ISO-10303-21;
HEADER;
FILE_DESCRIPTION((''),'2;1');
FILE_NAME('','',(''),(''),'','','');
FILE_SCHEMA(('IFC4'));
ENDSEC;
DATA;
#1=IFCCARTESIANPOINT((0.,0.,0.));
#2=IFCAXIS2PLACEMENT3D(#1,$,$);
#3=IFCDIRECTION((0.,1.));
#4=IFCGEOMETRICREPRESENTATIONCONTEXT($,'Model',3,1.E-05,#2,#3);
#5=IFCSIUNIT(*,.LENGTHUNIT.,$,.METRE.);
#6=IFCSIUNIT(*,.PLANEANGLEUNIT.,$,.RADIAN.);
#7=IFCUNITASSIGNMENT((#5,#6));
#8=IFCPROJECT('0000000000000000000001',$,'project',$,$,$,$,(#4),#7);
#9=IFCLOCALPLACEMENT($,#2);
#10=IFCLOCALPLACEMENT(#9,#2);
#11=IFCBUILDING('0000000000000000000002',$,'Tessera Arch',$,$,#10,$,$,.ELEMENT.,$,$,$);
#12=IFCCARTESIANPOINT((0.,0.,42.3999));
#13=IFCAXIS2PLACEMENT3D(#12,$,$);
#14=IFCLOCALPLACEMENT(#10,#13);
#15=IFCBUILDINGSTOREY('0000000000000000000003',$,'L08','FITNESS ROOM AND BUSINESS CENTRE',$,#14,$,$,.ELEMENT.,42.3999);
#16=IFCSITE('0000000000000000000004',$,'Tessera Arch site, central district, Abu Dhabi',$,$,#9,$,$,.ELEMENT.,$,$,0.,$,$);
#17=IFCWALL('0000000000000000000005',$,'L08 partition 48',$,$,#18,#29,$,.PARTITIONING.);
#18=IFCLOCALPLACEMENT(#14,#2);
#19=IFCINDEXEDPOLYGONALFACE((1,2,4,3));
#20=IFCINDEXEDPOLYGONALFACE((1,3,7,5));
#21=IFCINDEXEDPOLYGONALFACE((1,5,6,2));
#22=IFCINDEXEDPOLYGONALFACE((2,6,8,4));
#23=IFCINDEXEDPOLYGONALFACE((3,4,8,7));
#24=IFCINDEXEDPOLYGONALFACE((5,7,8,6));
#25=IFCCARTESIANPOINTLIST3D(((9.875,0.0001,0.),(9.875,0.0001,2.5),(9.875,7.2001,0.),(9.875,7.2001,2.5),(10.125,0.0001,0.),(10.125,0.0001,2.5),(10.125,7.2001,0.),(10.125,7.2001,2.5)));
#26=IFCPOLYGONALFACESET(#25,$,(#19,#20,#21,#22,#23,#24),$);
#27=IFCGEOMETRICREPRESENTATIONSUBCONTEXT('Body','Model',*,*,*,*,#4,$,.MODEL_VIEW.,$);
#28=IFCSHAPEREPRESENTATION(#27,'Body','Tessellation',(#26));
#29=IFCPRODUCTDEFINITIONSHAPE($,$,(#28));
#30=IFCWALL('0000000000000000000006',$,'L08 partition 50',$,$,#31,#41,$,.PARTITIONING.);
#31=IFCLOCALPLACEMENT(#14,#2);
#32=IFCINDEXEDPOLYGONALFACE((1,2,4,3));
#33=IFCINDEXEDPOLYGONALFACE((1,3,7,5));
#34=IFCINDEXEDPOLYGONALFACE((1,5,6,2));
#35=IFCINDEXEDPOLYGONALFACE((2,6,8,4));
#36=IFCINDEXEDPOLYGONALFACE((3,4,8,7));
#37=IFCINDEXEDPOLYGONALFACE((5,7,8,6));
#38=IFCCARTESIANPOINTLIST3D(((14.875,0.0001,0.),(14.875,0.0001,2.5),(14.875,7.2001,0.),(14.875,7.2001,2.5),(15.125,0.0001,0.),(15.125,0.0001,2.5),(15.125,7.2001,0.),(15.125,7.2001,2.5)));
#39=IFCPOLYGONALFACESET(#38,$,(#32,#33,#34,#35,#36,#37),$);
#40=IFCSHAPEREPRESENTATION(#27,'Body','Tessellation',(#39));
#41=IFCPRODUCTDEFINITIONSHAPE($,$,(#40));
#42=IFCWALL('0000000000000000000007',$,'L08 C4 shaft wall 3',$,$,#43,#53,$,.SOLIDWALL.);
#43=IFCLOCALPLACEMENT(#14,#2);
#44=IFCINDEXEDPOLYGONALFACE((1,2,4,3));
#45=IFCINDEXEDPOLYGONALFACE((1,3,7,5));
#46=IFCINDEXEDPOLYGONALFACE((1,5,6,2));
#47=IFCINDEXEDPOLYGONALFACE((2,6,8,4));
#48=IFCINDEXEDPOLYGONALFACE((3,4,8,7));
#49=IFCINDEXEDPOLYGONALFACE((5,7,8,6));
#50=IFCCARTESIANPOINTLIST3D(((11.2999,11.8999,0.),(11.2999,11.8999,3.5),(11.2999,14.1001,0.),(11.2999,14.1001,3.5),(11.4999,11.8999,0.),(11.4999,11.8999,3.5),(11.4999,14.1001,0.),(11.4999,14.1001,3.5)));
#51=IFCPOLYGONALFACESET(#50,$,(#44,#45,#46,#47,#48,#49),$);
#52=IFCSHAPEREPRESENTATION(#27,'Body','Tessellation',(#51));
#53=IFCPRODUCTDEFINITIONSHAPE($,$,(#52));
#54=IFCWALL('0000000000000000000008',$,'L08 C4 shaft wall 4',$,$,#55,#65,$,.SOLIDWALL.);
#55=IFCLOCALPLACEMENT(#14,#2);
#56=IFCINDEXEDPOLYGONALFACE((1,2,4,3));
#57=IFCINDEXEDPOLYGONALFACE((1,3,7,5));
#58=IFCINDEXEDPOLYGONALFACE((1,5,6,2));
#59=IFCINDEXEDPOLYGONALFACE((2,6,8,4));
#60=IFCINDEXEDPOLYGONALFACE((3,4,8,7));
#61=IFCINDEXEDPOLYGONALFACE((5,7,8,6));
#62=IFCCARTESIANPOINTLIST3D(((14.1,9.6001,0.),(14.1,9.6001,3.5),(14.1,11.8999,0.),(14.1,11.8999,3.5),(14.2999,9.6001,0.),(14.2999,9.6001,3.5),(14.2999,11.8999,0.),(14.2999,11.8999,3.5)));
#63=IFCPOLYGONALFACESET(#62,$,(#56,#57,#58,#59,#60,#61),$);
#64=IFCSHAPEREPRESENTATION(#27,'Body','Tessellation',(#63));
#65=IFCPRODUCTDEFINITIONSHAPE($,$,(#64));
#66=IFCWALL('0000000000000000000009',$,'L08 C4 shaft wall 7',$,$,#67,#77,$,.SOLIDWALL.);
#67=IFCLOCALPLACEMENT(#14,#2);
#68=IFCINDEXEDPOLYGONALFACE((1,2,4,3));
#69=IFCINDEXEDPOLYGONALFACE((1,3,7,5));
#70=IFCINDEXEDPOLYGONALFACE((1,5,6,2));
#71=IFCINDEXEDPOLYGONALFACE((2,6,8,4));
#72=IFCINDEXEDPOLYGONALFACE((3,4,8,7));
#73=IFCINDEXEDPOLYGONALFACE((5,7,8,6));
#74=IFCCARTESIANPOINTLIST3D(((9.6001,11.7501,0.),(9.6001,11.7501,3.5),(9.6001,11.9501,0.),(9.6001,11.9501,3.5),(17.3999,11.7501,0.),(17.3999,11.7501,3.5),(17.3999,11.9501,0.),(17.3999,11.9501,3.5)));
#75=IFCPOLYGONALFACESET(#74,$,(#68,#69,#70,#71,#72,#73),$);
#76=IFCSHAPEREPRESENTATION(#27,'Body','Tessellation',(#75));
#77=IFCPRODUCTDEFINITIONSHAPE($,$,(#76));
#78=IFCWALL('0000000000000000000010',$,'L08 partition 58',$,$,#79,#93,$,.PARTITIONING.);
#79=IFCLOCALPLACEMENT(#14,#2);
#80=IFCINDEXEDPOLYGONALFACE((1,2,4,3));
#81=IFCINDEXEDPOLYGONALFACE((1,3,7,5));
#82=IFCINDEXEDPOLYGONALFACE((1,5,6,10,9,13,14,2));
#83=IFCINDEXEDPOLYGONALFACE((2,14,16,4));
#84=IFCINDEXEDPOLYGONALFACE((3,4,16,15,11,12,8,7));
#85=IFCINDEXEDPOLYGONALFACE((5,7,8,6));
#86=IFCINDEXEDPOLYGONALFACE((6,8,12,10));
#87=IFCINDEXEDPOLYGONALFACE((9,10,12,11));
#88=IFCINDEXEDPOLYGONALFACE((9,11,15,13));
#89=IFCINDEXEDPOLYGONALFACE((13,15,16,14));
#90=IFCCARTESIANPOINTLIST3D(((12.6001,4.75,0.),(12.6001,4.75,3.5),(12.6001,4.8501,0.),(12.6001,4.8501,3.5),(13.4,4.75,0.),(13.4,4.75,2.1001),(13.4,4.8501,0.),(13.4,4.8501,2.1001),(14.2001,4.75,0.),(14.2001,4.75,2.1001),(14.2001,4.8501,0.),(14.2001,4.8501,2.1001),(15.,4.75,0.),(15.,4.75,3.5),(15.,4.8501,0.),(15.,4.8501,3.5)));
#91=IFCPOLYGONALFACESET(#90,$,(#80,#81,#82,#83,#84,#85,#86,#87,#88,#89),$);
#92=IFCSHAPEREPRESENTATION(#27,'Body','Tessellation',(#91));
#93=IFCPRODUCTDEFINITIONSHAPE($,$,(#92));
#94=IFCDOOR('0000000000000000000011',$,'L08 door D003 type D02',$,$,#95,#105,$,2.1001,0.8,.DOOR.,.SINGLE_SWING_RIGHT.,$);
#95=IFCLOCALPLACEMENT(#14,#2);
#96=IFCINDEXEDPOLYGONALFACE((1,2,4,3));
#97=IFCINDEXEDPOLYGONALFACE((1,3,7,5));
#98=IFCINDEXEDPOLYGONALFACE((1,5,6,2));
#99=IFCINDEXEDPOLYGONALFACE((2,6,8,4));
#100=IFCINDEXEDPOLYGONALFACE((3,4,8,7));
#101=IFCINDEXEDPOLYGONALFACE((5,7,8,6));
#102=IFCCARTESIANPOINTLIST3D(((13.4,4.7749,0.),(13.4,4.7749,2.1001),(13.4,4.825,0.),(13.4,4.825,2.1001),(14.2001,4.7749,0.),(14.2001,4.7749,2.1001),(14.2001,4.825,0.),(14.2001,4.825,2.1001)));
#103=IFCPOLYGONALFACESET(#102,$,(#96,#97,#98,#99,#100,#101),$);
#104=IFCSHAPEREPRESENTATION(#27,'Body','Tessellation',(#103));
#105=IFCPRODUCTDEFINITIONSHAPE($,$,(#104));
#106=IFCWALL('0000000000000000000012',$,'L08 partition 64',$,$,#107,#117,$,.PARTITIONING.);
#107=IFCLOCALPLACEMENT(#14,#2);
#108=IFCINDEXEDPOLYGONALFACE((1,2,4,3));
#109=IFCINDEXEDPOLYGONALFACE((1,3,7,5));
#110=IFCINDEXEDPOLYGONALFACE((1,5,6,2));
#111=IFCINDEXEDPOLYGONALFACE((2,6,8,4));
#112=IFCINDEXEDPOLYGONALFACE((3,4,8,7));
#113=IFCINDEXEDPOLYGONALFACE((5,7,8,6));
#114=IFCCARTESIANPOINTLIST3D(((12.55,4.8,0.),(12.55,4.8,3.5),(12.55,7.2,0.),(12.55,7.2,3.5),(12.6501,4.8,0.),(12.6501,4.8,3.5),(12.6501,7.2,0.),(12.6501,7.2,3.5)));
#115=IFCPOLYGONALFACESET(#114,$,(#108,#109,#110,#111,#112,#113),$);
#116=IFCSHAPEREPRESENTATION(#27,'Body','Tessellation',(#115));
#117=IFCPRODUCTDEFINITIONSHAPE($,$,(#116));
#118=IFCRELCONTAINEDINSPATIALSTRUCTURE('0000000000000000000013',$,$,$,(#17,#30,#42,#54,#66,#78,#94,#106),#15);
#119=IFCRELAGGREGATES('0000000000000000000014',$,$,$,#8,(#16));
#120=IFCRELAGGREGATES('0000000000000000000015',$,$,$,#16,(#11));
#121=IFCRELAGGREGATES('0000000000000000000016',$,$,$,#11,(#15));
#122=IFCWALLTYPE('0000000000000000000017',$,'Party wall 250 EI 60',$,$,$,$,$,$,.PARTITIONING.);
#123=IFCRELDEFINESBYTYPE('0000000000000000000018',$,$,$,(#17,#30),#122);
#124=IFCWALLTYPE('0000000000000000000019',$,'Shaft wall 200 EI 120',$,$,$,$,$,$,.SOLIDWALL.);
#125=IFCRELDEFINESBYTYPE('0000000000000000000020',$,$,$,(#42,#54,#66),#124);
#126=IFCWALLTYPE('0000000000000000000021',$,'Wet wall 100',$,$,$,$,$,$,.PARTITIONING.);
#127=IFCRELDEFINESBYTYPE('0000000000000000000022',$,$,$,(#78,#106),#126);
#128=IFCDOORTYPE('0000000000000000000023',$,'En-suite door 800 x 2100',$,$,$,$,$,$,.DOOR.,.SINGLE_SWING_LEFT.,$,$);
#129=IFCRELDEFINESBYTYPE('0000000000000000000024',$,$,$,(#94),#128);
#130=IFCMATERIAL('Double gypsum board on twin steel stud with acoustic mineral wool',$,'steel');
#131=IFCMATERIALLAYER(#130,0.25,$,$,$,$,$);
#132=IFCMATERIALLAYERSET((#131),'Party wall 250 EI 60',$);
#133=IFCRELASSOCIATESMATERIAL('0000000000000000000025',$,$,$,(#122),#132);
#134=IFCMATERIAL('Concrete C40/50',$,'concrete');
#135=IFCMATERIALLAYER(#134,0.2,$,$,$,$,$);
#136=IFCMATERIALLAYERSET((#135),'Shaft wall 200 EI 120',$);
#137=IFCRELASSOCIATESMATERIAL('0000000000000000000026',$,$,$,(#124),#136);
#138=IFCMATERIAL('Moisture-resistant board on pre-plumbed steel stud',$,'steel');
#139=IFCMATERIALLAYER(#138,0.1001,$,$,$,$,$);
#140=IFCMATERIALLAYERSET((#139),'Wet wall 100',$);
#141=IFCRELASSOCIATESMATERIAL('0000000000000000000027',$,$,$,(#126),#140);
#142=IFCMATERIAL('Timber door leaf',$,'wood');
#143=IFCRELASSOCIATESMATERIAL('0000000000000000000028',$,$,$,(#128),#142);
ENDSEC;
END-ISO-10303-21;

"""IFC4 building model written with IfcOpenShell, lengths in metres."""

from ifc_helpers import new_model, si_unit, direction, frame, frame_2d, origin, place, context, subcontext, project, spatial, rectangle, extrude, material, layer, layer_set, type_object, element, fill, save


model = new_model("IFC4")

# Units and contexts
model_context = context("Model", 3, precision=1e-05, world=origin(), true_north=direction((0.0, 1.0)))
body_context = subcontext(model_context, "Body", "Model", "MODEL_VIEW")
ifc_project = project(units=[si_unit("LENGTHUNIT", "METRE"), si_unit("PLANEANGLEUNIT", "RADIAN")], contexts=[model_context])

# Site, building, storey
site_placement = place(None, origin())
site = spatial("IfcSite", under=ifc_project, at=site_placement, Name="Tessera Arch site, central district, Abu Dhabi", CompositionType="ELEMENT", RefElevation=0.0)
building_placement = place(site_placement, origin())
building = spatial("IfcBuilding", under=site, at=building_placement, Name="Tessera Arch", CompositionType="ELEMENT")
storey_placement = place(building_placement, frame((0.0, 0.0, 42.3999)))
storey = spatial("IfcBuildingStorey", under=building, at=storey_placement, Name="L08", Description="FITNESS ROOM AND BUSINESS CENTRE", CompositionType="ELEMENT", Elevation=42.3999)

# Walls
ifc_material_1 = material(Name="Double gypsum board on twin steel stud with acoustic mineral wool", Category="steel")
ifc_layer_1 = layer(ifc_material_1, 0.25)
ifc_layer_set_1 = layer_set([ifc_layer_1], Name="Party wall 250 EI 60")
wall_type_1 = type_object("IfcWallType", Name="Party wall 250 EI 60", PredefinedType="PARTITIONING", material=ifc_layer_set_1)
for number, where, z_axis, x_axis, name in (
    (1, (10.0, 0.0, 0.0), (0.0, 0.0, 1.0), (0.0, 1.0, 0.0), "L08 partition 48"),
    (2, (15.0, 0.0, 0.0), (0.0, 0.0, 1.0), (0.0, 1.0, 0.0), "L08 partition 50"),
):
    element("IfcWall", number, at=place(storey_placement, frame(where, z_axis=z_axis, x_axis=x_axis)), inside=storey, type_object=wall_type_1, Name=name, PredefinedType="PARTITIONING", context=body_context, shape_type="SweptSolid", body=[
        extrude(rectangle(XDim=7.2, YDim=0.25, at=frame_2d((3.6001, 0.0))), origin(), (0.0, 0.0, 1.0), 2.5),
    ])
ifc_material_2 = material(Name="Concrete C40/50", Category="concrete")
ifc_layer_2 = layer(ifc_material_2, 0.2)
ifc_layer_set_2 = layer_set([ifc_layer_2], Name="Shaft wall 200 EI 120")
wall_type_2 = type_object("IfcWallType", Name="Shaft wall 200 EI 120", PredefinedType="SOLIDWALL", material=ifc_layer_set_2)
wall_1_placement = place(storey_placement, frame((11.3999, 11.8999, 0.0), z_axis=(0.0, 0.0, 1.0), x_axis=(0.0, 1.0, 0.0)))
element("IfcWall", 3, at=wall_1_placement, inside=storey, type_object=wall_type_2, Name="L08 C4 shaft wall 3", PredefinedType="SOLIDWALL", context=body_context, shape_type="SweptSolid", body=[
    extrude(rectangle(XDim=2.2002, YDim=0.2, at=frame_2d((1.1001, 0.0))), origin(), (0.0, 0.0, 1.0), 3.5),
])
wall_2_placement = place(storey_placement, frame((14.2, 9.6001, 0.0), z_axis=(0.0, 0.0, 1.0), x_axis=(0.0, 1.0, 0.0)))
element("IfcWall", 4, at=wall_2_placement, inside=storey, type_object=wall_type_2, Name="L08 C4 shaft wall 4", PredefinedType="SOLIDWALL", context=body_context, shape_type="SweptSolid", body=[
    extrude(rectangle(XDim=2.2998, YDim=0.2, at=frame_2d((1.1499, 0.0))), origin(), (0.0, 0.0, 1.0), 3.5),
])
wall_3_placement = place(storey_placement, frame((9.6001, 11.8501, 0.0), z_axis=(0.0, 0.0, 1.0), x_axis=(1.0, 0.0, 0.0)))
element("IfcWall", 5, at=wall_3_placement, inside=storey, type_object=wall_type_2, Name="L08 C4 shaft wall 7", PredefinedType="SOLIDWALL", context=body_context, shape_type="SweptSolid", body=[
    extrude(rectangle(XDim=7.7998, YDim=0.2, at=frame_2d((3.8999, 0.0))), origin(), (0.0, 0.0, 1.0), 3.5),
])

# Wall, opening, door
ifc_material_3 = material(Name="Moisture-resistant board on pre-plumbed steel stud", Category="steel")
ifc_layer_3 = layer(ifc_material_3, 0.1001)
ifc_layer_set_3 = layer_set([ifc_layer_3], Name="Wet wall 100")
wall_type_3 = type_object("IfcWallType", Name="Wet wall 100", PredefinedType="PARTITIONING", material=ifc_layer_set_3)
wall_4_placement = place(storey_placement, frame((12.6001, 4.8, 0.0), z_axis=(0.0, 0.0, 1.0), x_axis=(1.0, 0.0, 0.0)))
wall_4 = element("IfcWall", 6, at=wall_4_placement, inside=storey, type_object=wall_type_3, Name="L08 partition 58", PredefinedType="PARTITIONING", context=body_context, shape_type="SweptSolid", body=[
    extrude(rectangle(XDim=2.3999, YDim=0.1001, at=frame_2d((1.2, 0.0))), origin(), (0.0, 0.0, 1.0), 3.5),
])
opening_1_placement = place(wall_4_placement, frame((0.8, 0.0, 0.0)))
opening_1 = element("IfcOpeningElement", 7, at=opening_1_placement, cuts=wall_4, PredefinedType="OPENING", context=body_context, shape_type="SweptSolid", body=[
    extrude(rectangle(XDim=0.8, YDim=2.1001, at=frame_2d((0.3999, 1.05))), frame((0.0, 0.0601, 0.0), z_axis=(0.0, -1.0, 0.0), x_axis=(1.0, 0.0, 0.0)), (0.0, 0.0, 1.0), 0.1201),
])
ifc_material_4 = material(Name="Timber door leaf", Category="wood")
door_type_1 = type_object("IfcDoorType", Name="En-suite door 800 x 2100", OperationType="SINGLE_SWING_LEFT", PredefinedType="DOOR", material=ifc_material_4)
door_1_placement = place(opening_1_placement, origin())
door_1 = element("IfcDoor", 8, at=door_1_placement, inside=storey, type_object=door_type_1, Name="L08 door D003 type D02", OperationType="SINGLE_SWING_RIGHT", OverallHeight=2.1001, OverallWidth=0.8, PredefinedType="DOOR", context=body_context, shape_type="SweptSolid", body=[
    extrude(rectangle(XDim=0.8, YDim=2.1001, at=frame_2d((0.3999, 1.05))), frame((0.0, 0.0249, 0.0), z_axis=(0.0, -1.0, 0.0), x_axis=(1.0, 0.0, 0.0)), (0.0, 0.0, 1.0), 0.05),
])
fill(opening_1, door_1)

# Wall
wall_5_placement = place(storey_placement, frame((12.6001, 4.8, 0.0), z_axis=(0.0, 0.0, 1.0), x_axis=(0.0, 1.0, 0.0)))
element("IfcWall", 9, at=wall_5_placement, inside=storey, type_object=wall_type_3, Name="L08 partition 64", PredefinedType="PARTITIONING", context=body_context, shape_type="SweptSolid", body=[
    extrude(rectangle(XDim=2.3999, YDim=0.1001, at=frame_2d((1.2, 0.0))), origin(), (0.0, 0.0, 1.0), 3.5),
])

save(model, "model.ifc")
